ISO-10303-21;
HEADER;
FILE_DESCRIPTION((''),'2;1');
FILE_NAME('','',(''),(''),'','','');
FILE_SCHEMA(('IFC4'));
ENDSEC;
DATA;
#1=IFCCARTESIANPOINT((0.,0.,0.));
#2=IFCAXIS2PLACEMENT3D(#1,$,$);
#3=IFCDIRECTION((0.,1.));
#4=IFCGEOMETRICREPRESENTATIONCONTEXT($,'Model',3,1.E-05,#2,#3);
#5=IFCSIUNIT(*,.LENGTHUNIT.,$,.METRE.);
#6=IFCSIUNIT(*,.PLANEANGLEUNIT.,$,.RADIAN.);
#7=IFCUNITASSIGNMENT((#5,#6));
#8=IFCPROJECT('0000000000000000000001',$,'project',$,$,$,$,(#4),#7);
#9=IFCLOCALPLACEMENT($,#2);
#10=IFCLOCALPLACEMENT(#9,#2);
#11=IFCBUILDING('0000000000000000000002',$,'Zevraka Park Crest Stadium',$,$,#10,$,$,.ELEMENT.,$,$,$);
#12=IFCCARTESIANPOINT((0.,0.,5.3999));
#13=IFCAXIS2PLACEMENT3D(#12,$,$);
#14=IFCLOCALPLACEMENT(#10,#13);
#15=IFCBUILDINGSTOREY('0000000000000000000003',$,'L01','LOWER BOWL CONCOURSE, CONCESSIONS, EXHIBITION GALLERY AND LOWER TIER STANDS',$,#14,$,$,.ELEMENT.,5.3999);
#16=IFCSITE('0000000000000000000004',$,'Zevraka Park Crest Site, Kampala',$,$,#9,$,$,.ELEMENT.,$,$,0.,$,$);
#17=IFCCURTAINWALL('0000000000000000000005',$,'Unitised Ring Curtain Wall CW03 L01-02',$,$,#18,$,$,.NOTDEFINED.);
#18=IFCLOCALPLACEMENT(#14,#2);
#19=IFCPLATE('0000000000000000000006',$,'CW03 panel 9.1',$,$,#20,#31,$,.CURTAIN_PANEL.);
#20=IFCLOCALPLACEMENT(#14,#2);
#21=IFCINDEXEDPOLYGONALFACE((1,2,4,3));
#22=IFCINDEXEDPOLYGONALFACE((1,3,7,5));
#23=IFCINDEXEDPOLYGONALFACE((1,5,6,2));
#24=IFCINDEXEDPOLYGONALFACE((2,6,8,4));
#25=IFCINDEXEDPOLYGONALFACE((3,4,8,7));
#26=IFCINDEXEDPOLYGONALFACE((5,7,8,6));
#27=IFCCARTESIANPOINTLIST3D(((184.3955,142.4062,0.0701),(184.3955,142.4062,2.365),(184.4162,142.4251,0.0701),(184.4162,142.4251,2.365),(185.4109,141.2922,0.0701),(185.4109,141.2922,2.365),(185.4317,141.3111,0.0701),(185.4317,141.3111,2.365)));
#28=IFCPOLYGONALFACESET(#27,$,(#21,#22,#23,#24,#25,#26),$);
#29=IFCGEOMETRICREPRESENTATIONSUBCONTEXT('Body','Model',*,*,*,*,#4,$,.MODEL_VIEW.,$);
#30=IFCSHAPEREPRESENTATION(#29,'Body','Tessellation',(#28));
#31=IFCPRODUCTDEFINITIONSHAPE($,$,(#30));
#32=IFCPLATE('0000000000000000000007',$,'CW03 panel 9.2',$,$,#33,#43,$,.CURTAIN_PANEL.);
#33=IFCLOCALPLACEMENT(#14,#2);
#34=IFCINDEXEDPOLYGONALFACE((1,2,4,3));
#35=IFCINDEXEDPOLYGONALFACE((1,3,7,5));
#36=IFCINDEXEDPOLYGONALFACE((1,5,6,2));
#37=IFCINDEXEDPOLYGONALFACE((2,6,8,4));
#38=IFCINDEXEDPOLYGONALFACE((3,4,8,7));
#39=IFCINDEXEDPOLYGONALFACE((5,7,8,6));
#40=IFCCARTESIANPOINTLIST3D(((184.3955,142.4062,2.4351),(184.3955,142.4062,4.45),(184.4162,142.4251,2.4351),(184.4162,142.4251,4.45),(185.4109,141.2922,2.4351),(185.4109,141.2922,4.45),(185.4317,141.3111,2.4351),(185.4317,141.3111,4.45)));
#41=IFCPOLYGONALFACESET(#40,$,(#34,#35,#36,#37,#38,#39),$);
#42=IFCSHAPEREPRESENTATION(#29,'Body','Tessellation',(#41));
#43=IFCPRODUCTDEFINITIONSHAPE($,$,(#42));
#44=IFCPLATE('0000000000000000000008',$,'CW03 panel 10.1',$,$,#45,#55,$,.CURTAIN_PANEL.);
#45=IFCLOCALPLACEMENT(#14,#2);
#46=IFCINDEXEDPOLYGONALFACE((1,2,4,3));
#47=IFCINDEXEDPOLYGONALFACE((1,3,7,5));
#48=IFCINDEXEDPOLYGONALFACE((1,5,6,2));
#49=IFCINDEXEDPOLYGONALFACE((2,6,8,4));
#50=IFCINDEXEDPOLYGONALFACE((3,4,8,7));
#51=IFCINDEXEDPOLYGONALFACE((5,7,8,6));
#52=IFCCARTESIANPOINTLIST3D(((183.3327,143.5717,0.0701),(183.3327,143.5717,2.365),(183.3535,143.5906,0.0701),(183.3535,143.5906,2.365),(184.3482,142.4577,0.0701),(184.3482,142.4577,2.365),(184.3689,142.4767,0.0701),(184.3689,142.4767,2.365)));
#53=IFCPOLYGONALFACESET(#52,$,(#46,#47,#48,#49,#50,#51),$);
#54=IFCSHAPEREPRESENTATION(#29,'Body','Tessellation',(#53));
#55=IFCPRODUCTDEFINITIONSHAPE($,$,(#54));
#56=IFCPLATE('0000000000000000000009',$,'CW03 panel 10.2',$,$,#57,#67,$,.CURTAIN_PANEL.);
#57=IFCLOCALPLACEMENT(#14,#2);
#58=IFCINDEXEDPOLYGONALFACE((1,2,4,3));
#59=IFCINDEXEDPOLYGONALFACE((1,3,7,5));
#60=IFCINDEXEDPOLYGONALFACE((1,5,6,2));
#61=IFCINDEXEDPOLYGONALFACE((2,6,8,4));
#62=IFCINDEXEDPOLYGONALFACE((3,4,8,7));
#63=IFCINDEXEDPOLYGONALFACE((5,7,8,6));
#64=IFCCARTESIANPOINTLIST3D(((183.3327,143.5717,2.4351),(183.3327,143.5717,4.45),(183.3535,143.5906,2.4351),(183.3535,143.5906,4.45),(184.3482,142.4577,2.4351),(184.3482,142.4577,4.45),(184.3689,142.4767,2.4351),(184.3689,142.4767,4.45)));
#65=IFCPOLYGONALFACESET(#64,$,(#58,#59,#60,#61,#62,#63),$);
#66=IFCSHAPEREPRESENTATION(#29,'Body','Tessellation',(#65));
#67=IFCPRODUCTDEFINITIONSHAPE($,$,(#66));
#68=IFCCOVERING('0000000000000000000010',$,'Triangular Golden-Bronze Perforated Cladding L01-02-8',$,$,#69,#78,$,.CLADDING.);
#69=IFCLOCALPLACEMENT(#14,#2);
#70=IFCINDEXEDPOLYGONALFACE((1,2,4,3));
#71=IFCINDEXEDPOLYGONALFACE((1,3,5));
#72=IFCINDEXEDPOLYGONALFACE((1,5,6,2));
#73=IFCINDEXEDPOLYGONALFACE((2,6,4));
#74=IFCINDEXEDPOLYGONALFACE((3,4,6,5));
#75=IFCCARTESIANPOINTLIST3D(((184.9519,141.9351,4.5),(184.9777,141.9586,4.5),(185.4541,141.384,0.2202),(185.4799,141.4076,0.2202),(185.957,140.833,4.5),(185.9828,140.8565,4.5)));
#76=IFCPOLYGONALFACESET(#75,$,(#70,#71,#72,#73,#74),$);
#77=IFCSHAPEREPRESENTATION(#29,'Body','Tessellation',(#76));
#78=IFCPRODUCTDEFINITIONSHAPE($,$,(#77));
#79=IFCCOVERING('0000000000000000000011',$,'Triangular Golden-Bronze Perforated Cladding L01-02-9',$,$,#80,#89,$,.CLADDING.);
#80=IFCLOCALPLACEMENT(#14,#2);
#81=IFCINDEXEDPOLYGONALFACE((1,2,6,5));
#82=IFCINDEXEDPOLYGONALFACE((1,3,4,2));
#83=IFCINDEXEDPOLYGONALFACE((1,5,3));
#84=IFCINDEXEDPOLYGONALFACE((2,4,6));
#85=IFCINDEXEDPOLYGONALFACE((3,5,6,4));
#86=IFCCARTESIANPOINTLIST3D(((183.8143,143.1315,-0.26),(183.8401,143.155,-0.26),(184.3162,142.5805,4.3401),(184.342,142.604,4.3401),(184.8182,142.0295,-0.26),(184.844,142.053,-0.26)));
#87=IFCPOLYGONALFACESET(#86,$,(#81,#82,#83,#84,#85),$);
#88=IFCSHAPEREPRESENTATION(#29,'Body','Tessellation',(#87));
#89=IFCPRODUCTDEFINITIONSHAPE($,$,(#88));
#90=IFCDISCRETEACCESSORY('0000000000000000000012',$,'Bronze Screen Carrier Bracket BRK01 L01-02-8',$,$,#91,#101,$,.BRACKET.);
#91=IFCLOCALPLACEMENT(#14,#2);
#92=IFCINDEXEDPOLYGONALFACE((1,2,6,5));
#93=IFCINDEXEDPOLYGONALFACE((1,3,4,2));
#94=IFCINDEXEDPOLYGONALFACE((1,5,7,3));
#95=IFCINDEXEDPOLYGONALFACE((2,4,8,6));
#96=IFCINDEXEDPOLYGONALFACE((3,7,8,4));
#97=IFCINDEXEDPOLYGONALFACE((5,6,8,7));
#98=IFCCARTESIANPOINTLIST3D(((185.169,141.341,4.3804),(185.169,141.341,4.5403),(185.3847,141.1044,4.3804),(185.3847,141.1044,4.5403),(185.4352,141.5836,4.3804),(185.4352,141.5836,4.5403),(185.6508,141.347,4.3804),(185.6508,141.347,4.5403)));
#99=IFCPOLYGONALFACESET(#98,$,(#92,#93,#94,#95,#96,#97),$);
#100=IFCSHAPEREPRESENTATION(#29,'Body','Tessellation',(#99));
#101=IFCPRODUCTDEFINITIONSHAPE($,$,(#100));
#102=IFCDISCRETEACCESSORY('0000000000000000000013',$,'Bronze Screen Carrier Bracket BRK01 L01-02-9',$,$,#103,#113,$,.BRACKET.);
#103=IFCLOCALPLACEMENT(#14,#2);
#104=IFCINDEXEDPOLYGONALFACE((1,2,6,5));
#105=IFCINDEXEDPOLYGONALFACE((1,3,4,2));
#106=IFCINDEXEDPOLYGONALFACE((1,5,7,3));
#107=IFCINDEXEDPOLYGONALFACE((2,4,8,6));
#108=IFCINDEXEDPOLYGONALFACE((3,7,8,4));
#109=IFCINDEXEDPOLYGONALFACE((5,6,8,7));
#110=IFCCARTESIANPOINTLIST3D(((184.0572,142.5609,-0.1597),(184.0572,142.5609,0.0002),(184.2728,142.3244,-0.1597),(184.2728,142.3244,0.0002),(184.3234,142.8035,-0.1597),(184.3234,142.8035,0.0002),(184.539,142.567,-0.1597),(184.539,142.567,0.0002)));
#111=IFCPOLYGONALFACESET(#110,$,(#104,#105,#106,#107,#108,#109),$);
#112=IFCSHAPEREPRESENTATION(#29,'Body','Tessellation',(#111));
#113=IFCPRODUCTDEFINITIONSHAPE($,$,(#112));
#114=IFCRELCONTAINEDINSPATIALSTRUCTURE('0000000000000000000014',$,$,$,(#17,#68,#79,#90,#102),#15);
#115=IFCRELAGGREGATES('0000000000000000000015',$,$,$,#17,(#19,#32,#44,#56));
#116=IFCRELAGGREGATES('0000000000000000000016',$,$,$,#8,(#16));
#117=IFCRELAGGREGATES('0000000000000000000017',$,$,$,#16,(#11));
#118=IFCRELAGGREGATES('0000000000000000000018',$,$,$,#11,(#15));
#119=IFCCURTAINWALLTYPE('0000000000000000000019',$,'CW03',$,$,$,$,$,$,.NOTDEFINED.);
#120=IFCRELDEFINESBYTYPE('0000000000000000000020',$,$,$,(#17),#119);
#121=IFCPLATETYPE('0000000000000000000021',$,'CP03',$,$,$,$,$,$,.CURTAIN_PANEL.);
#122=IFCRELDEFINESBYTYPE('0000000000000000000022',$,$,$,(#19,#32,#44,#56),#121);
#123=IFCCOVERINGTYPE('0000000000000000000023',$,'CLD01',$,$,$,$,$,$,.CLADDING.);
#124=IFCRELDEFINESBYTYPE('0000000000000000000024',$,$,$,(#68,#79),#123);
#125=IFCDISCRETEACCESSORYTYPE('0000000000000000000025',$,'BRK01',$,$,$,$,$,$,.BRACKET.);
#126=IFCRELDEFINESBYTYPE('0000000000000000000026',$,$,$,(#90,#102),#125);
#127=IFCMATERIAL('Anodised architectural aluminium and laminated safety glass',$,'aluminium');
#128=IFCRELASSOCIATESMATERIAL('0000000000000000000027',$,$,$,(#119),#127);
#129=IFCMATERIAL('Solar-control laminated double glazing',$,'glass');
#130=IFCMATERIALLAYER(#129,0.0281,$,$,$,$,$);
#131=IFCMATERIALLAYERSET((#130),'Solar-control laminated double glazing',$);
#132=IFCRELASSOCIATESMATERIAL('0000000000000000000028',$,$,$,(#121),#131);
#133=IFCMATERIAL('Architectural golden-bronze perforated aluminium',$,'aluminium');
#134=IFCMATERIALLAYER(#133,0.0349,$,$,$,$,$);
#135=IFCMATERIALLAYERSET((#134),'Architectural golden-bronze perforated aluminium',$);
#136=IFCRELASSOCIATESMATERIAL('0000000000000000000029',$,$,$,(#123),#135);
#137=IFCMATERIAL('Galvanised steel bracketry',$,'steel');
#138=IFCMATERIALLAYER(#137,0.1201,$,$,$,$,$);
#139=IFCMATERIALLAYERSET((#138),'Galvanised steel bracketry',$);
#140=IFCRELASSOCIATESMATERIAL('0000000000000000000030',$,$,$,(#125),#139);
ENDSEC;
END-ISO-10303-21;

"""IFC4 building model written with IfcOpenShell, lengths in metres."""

from ifc_helpers import new_model, si_unit, direction, frame, origin, origin_2d, place, context, subcontext, project, spatial, polyline, rectangle, outline, extrude, material, layer, layer_set, type_object, element, aggregate, save


model = new_model("IFC4")

# Units and contexts
model_context = context("Model", 3, precision=1e-05, world=origin(), true_north=direction((0.0, 1.0)))
body_context = subcontext(model_context, "Body", "Model", "MODEL_VIEW")
ifc_project = project(units=[si_unit("LENGTHUNIT", "METRE"), si_unit("PLANEANGLEUNIT", "RADIAN")], contexts=[model_context])

# Site, building, storey
site_placement = place(None, origin())
site = spatial("IfcSite", under=ifc_project, at=site_placement, Name="Zevraka Park Crest Site, Kampala", CompositionType="ELEMENT", RefElevation=0.0)
building_placement = place(site_placement, origin())
building = spatial("IfcBuilding", under=site, at=building_placement, Name="Zevraka Park Crest Stadium", CompositionType="ELEMENT")
storey_placement = place(building_placement, frame((0.0, 0.0, 5.3999)))
storey = spatial("IfcBuildingStorey", under=building, at=storey_placement, Name="L01", Description="LOWER BOWL CONCOURSE, CONCESSIONS, EXHIBITION GALLERY AND LOWER TIER STANDS", CompositionType="ELEMENT", Elevation=5.3999)

# Curtain wall, plates
ifc_material_1 = material(Name="Anodised architectural aluminium and laminated safety glass", Category="aluminium")
curtain_wall_type = type_object("IfcCurtainWallType", Name="CW03", PredefinedType="NOTDEFINED", material=ifc_material_1)
curtain_wall_placement = place(storey_placement, origin())
curtain_wall = element("IfcCurtainWall", 1, at=curtain_wall_placement, inside=storey, type_object=curtain_wall_type, Name="Unitised Ring Curtain Wall CW03 L01-02", PredefinedType="NOTDEFINED")
ifc_material_2 = material(Name="Solar-control laminated double glazing", Category="glass")
ifc_layer_1 = layer(ifc_material_2, 0.0281)
ifc_layer_set_1 = layer_set([ifc_layer_1], Name="Solar-control laminated double glazing")
plate_type = type_object("IfcPlateType", Name="CP03", PredefinedType="CURTAIN_PANEL", material=ifc_layer_set_1)
plate_1_placement = place(storey_placement, frame((184.9136, 141.8586, 0.0701), z_axis=(0.0, 0.0, 1.0), x_axis=(-0.67368, 0.739023, 0.0)))
plate_1 = element("IfcPlate", 2, at=plate_1_placement, type_object=plate_type, Name="CW03 panel 9.1", PredefinedType="CURTAIN_PANEL", context=body_context, shape_type="SweptSolid", body=[
    extrude(rectangle(XDim=1.5073, YDim=0.0281, at=origin_2d()), origin(), (0.0, 0.0, 1.0), 2.2949),
])
plate_2_placement = place(storey_placement, frame((184.9136, 141.8586, 2.4351), z_axis=(0.0, 0.0, 1.0), x_axis=(-0.67368, 0.739023, 0.0)))
plate_2 = element("IfcPlate", 3, at=plate_2_placement, type_object=plate_type, Name="CW03 panel 9.2", PredefinedType="CURTAIN_PANEL", context=body_context, shape_type="SweptSolid", body=[
    extrude(rectangle(XDim=1.5073, YDim=0.0281, at=origin_2d()), origin(), (0.0, 0.0, 1.0), 2.0149),
])
plate_3_placement = place(storey_placement, frame((183.8508, 143.0242, 0.0701), z_axis=(0.0, 0.0, 1.0), x_axis=(-0.67368, 0.739023, 0.0)))
plate_3 = element("IfcPlate", 4, at=plate_3_placement, type_object=plate_type, Name="CW03 panel 10.1", PredefinedType="CURTAIN_PANEL", context=body_context, shape_type="SweptSolid", body=[
    extrude(rectangle(XDim=1.5073, YDim=0.0281, at=origin_2d()), origin(), (0.0, 0.0, 1.0), 2.2949),
])
plate_4_placement = place(storey_placement, frame((183.8508, 143.0242, 2.4351), z_axis=(0.0, 0.0, 1.0), x_axis=(-0.67368, 0.739023, 0.0)))
plate_4 = element("IfcPlate", 5, at=plate_4_placement, type_object=plate_type, Name="CW03 panel 10.2", PredefinedType="CURTAIN_PANEL", context=body_context, shape_type="SweptSolid", body=[
    extrude(rectangle(XDim=1.5073, YDim=0.0281, at=origin_2d()), origin(), (0.0, 0.0, 1.0), 2.0149),
])
aggregate(curtain_wall, [plate_1, plate_2, plate_3, plate_4])

# Coverings
ifc_material_3 = material(Name="Architectural golden-bronze perforated aluminium", Category="aluminium")
ifc_layer_2 = layer(ifc_material_3, 0.0349)
ifc_layer_set_2 = layer_set([ifc_layer_2], Name="Architectural golden-bronze perforated aluminium")
covering_type = type_object("IfcCoveringType", Name="CLD01", PredefinedType="CLADDING", material=ifc_layer_set_2)
covering_1_placement = place(storey_placement, frame((184.9519, 141.9351, 4.5), z_axis=(-0.73885, -0.67387, 0.000063), x_axis=(0.67387, -0.73885, 0.0)))
element("IfcCovering", 6, at=covering_1_placement, inside=storey, type_object=covering_type, Name="Triangular Golden-Bronze Perforated Cladding L01-02-8", PredefinedType="CLADDING", context=body_context, shape_type="SweptSolid", body=[
    extrude(outline(polyline([(0.0, 0.0), (1.4916, 0.0), (0.7455, -4.2798), (0.0, 0.0)])), origin(), (0.0, 0.0, -1.0), 0.0349),
])
covering_2_placement = place(storey_placement, frame((184.844, 142.053, -0.26), z_axis=(0.739258, 0.673422, 0.0), x_axis=(-0.673422, 0.739258, 0.0)))
element("IfcCovering", 7, at=covering_2_placement, inside=storey, type_object=covering_type, Name="Triangular Golden-Bronze Perforated Cladding L01-02-9", PredefinedType="CLADDING", context=body_context, shape_type="SweptSolid", body=[
    extrude(outline(polyline([(0.0, 0.0), (1.4908, 0.0), (0.7454, 4.6001), (0.0, 0.0)])), origin(), (0.0, 0.0, -1.0), 0.0349),
])

# Discrete accessories
ifc_material_4 = material(Name="Galvanised steel bracketry", Category="steel")
ifc_layer_3 = layer(ifc_material_4, 0.1201)
ifc_layer_set_3 = layer_set([ifc_layer_3], Name="Galvanised steel bracketry")
discrete_accessory_type = type_object("IfcDiscreteAccessoryType", Name="BRK01", PredefinedType="BRACKET", material=ifc_layer_set_3)
for number, where, z_axis, x_axis, name in (
    (8, (185.4099, 141.344, 4.3804), (0.0, 0.0, 1.0), (-0.673658, 0.739043, 0.0), "Bronze Screen Carrier Bracket BRK01 L01-02-8"),
    (9, (184.2981, 142.564, -0.1597), (0.0, 0.0, 1.0), (-0.673658, 0.739043, 0.0), "Bronze Screen Carrier Bracket BRK01 L01-02-9"),
):
    element("IfcDiscreteAccessory", number, at=place(storey_placement, frame(where, z_axis=z_axis, x_axis=x_axis)), inside=storey, type_object=discrete_accessory_type, Name=name, PredefinedType="BRACKET", context=body_context, shape_type="SweptSolid", body=[
        extrude(rectangle(XDim=0.3201, YDim=0.3601, at=origin_2d()), origin(), (0.0, 0.0, 1.0), 0.1599),
    ])

save(model, "model.ifc")
